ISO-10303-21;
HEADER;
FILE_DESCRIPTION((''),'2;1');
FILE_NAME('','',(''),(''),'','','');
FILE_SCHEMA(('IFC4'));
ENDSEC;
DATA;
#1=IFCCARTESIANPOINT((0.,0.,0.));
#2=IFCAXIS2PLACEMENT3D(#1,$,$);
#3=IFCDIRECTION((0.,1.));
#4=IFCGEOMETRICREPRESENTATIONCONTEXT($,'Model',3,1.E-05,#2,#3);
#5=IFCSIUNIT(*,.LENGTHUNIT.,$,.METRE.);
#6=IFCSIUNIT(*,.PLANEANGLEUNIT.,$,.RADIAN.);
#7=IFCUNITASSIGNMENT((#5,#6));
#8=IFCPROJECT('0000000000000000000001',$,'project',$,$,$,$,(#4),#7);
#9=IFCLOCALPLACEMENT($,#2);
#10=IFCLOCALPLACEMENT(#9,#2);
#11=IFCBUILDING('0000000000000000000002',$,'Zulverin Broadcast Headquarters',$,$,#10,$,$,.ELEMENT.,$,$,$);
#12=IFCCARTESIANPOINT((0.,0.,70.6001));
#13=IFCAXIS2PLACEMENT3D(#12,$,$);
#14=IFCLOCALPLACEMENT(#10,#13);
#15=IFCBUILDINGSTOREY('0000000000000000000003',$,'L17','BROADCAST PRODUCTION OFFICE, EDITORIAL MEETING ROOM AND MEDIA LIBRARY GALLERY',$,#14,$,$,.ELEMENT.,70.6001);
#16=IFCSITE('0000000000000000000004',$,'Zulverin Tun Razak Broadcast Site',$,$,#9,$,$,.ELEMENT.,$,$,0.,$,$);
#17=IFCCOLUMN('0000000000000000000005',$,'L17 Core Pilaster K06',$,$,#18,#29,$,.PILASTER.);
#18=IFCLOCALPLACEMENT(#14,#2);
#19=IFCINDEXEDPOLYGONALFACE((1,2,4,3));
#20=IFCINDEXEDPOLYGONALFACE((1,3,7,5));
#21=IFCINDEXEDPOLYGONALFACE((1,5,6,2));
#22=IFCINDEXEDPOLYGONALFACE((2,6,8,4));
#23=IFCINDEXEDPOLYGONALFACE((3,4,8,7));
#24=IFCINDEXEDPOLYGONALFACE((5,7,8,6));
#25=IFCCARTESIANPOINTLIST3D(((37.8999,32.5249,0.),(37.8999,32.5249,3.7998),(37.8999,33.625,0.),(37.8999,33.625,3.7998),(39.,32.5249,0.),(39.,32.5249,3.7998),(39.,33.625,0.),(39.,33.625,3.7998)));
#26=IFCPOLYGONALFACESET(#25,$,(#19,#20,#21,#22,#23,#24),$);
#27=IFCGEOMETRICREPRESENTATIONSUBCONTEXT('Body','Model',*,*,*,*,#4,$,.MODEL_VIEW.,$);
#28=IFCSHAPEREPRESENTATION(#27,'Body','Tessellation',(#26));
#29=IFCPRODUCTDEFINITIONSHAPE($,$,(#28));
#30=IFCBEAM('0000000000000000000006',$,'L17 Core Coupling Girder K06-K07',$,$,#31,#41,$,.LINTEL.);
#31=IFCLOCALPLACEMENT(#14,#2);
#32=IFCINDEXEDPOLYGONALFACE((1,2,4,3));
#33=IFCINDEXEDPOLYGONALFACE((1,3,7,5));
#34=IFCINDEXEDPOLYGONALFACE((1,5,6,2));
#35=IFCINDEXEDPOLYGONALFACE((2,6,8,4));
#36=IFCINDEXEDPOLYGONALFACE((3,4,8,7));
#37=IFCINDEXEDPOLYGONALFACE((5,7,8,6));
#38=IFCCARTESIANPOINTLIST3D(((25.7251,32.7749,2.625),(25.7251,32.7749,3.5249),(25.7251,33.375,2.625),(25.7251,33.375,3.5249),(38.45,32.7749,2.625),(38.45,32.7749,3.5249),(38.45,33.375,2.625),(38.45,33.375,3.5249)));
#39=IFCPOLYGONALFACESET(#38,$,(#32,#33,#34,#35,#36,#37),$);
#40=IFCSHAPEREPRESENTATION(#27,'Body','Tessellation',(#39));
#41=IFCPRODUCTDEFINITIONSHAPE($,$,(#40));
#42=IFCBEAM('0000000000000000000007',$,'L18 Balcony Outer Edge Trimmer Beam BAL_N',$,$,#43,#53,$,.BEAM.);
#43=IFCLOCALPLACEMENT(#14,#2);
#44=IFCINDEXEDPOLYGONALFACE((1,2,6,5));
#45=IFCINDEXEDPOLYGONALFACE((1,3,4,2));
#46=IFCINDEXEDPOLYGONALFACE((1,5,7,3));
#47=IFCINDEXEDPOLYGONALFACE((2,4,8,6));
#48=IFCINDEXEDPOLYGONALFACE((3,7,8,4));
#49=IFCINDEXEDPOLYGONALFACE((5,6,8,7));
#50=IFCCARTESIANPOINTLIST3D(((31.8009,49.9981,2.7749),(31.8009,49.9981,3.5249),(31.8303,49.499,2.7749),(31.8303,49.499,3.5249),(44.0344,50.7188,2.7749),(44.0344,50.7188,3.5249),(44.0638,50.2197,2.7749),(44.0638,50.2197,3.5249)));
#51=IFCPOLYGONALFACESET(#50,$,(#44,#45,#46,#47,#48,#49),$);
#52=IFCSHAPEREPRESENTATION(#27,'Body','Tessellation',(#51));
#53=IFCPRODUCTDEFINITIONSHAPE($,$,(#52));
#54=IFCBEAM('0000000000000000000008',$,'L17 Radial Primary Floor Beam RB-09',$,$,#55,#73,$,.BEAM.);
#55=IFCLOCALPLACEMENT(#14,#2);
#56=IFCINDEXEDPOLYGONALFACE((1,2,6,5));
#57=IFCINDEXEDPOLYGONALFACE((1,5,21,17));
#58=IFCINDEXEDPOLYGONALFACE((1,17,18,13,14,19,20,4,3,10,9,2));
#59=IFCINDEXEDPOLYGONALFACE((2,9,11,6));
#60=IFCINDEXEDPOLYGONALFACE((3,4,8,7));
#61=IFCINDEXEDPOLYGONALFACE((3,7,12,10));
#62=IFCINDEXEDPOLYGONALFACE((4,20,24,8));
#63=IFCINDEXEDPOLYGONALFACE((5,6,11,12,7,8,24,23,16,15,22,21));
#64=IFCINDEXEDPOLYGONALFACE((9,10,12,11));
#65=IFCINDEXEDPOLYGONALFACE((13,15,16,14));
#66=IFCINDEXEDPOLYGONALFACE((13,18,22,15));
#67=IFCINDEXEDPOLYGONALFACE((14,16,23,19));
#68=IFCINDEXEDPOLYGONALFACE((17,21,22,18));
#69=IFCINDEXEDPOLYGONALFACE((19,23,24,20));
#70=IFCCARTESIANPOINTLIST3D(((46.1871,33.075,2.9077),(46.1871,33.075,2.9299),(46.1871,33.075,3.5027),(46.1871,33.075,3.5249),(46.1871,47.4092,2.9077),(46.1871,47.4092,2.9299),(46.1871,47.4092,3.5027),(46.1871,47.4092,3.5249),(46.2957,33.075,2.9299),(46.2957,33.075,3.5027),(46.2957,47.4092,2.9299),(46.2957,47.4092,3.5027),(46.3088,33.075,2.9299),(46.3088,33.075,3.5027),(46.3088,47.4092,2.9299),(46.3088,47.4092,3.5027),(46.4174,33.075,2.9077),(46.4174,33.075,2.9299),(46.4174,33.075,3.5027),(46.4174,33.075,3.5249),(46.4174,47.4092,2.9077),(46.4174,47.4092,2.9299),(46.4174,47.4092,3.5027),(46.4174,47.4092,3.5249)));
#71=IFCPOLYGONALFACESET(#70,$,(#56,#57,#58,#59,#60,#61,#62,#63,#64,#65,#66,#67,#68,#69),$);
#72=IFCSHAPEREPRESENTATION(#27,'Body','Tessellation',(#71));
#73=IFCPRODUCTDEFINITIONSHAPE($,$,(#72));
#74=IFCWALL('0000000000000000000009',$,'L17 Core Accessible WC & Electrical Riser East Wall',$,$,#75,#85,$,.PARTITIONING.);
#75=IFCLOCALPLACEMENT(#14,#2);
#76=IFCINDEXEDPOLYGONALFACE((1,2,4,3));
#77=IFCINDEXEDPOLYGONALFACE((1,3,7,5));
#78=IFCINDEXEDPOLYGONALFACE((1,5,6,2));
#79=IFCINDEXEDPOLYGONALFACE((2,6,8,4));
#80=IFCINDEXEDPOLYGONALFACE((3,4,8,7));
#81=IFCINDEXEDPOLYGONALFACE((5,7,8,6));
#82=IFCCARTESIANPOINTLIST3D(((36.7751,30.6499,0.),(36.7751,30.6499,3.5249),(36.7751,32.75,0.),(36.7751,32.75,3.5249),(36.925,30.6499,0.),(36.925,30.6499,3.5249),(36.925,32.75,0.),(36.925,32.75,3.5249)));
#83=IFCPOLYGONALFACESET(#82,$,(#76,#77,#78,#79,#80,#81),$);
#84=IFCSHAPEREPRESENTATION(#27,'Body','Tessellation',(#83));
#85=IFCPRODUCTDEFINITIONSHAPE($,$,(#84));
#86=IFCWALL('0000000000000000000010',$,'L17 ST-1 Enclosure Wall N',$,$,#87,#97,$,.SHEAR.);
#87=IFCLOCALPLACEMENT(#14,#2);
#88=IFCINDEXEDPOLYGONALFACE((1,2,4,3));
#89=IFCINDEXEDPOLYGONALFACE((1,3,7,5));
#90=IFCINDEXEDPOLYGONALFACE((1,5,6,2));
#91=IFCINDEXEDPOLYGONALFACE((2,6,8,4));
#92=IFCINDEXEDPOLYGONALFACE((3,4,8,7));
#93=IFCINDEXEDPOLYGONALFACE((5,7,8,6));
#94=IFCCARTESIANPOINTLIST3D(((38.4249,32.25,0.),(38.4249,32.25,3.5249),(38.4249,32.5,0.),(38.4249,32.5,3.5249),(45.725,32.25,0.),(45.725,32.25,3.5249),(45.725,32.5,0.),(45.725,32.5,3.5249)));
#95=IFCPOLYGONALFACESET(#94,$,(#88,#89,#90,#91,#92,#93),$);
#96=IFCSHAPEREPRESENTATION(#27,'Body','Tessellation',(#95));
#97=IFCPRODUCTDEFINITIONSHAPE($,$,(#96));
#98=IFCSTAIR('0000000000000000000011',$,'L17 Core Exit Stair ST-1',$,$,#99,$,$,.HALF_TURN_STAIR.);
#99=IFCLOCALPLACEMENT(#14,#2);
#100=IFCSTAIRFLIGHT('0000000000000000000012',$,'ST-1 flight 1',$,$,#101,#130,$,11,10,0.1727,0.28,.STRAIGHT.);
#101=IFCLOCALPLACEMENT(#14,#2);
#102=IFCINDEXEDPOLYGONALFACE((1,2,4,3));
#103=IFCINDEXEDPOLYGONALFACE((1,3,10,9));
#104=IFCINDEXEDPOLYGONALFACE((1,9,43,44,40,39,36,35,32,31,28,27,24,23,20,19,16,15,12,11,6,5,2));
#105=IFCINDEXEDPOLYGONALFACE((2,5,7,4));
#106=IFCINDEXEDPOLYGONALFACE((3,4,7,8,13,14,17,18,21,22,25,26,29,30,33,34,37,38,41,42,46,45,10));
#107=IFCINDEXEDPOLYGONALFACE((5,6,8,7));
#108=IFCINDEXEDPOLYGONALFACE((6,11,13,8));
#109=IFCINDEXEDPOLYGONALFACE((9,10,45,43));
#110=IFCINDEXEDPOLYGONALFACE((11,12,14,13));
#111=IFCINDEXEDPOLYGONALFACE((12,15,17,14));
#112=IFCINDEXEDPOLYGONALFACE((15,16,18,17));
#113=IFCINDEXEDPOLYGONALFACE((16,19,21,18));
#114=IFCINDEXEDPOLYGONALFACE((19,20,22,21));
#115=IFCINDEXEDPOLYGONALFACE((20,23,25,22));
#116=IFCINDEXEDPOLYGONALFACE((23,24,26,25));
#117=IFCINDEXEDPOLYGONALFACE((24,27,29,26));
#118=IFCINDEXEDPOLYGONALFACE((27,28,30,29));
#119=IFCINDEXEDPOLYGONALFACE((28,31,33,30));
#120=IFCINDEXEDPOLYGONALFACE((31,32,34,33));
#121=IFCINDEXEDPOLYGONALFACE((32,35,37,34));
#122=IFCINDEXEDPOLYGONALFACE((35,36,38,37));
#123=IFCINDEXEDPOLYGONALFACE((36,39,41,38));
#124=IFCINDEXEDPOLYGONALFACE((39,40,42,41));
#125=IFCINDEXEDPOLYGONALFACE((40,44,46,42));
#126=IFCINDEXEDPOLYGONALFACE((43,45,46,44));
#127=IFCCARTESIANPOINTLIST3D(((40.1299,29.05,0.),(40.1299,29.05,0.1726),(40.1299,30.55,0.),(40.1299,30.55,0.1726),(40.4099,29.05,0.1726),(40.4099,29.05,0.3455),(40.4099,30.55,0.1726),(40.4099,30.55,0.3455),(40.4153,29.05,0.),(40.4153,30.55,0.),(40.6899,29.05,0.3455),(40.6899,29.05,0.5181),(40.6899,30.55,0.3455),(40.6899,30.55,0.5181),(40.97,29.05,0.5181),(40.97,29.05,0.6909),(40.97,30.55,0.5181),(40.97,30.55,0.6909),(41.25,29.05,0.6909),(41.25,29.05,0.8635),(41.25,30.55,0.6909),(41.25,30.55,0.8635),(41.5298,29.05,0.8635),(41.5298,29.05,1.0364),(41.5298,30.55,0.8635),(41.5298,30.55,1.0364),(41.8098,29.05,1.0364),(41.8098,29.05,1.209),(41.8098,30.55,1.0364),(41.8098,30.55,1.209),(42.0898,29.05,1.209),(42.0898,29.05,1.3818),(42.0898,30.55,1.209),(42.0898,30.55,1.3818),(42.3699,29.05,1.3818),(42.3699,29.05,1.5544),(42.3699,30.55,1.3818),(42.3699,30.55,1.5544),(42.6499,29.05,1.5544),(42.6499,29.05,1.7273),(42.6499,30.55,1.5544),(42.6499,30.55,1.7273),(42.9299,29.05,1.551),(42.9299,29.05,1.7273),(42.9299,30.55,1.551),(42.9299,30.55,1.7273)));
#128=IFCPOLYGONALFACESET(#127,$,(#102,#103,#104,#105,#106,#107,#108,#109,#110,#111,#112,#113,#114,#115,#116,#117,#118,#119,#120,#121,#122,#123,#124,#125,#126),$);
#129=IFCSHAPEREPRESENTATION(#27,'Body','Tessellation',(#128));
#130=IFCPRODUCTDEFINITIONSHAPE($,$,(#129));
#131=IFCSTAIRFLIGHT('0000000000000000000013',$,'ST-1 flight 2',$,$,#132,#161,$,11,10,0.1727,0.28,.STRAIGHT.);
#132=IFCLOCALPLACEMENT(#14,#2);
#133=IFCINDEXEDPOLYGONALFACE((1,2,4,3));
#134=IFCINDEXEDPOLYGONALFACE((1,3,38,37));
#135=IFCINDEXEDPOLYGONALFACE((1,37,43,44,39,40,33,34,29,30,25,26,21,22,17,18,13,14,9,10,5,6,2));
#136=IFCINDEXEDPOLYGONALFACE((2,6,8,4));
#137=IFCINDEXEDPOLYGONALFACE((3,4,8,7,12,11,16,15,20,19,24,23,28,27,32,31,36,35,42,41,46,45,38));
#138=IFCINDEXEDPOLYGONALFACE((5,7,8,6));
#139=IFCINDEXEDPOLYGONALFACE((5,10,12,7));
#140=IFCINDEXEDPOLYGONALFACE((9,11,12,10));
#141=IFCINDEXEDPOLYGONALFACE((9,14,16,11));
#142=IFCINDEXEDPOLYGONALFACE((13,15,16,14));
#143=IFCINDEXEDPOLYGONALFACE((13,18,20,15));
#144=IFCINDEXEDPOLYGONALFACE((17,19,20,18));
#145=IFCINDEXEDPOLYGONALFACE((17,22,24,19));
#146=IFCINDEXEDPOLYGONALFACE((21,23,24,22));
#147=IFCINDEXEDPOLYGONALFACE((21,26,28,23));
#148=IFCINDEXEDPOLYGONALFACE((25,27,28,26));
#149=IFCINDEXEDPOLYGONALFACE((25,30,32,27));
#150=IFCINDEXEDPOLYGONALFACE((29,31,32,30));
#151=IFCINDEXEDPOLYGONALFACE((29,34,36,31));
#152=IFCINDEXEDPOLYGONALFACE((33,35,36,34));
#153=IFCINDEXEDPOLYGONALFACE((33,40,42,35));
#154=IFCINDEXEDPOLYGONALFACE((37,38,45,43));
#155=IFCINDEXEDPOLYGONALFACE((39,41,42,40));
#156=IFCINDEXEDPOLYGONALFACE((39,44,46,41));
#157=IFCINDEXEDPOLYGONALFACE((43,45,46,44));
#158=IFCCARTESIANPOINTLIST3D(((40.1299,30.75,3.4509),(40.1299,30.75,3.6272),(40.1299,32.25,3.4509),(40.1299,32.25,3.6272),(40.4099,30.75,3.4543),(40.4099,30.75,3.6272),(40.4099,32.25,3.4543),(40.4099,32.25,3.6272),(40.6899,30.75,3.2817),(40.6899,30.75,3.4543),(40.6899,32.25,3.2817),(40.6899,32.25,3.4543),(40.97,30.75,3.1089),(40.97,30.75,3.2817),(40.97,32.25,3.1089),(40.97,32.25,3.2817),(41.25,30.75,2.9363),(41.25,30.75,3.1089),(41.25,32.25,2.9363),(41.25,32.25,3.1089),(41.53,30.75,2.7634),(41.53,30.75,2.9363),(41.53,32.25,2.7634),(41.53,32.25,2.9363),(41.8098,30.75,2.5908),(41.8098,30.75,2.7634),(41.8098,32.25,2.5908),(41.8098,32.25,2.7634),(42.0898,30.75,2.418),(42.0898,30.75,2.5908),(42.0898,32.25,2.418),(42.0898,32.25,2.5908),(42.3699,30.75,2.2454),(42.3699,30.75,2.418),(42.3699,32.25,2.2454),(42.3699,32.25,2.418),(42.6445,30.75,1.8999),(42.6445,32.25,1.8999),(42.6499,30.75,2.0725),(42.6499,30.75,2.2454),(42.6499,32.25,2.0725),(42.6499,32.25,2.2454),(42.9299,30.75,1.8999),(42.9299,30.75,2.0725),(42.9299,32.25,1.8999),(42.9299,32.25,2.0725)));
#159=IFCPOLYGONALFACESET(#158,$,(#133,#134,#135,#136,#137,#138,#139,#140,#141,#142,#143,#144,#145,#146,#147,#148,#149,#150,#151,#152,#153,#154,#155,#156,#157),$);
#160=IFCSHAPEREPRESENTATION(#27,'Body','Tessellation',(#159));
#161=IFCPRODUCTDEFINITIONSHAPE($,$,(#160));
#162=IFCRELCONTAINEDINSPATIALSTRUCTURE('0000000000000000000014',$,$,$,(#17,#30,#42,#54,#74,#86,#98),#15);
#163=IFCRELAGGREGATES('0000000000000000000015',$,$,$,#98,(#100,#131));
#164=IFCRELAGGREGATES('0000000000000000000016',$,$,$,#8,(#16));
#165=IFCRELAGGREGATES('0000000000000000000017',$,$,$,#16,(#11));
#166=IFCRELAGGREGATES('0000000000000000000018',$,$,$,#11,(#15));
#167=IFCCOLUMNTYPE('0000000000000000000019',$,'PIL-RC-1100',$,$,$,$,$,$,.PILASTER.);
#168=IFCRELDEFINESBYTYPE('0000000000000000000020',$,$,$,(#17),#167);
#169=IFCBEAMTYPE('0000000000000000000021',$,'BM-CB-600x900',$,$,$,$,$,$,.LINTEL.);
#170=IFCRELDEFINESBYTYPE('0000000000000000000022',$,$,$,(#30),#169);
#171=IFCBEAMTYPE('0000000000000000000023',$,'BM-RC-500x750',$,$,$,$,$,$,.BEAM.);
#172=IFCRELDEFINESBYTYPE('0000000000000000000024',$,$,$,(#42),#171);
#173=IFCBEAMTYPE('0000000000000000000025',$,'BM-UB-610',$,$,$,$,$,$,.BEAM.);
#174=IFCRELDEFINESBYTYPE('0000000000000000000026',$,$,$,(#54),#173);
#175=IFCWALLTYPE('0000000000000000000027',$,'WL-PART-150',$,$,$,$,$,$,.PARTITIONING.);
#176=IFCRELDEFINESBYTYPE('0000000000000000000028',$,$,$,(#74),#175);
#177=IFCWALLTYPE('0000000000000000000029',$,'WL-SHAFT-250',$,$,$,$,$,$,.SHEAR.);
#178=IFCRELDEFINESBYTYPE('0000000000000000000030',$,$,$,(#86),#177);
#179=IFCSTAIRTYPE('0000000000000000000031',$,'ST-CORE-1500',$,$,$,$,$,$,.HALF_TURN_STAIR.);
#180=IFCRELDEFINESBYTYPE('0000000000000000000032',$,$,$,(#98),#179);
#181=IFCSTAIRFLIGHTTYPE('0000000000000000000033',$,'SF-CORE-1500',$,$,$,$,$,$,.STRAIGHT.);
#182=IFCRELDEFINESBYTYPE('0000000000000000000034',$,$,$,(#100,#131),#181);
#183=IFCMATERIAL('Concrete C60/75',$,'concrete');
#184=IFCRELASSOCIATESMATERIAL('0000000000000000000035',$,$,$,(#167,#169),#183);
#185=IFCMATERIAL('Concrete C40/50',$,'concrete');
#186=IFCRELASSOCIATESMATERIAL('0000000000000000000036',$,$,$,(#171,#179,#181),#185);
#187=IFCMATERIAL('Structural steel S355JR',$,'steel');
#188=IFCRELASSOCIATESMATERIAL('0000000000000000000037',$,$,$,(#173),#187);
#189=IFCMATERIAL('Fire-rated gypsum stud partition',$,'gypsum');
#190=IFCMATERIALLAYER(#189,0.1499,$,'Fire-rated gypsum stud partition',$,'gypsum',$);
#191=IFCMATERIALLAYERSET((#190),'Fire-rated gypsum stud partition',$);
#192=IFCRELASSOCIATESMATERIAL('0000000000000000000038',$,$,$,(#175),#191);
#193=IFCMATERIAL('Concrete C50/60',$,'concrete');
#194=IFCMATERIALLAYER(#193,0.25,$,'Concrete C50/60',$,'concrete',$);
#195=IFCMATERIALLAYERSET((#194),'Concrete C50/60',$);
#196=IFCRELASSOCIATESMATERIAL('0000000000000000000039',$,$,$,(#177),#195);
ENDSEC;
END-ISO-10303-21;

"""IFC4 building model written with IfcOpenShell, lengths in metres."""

from ifc_helpers import new_model, si_unit, direction, frame, frame_2d, origin, origin_2d, place, context, subcontext, project, spatial, polyline, rectangle, i_section, outline, extrude, material, layer, layer_set, material_profile, profile_set, type_object, element, aggregate, save


model = new_model("IFC4")

# Units and contexts
model_context = context("Model", 3, precision=1e-05, world=origin(), true_north=direction((0.0, 1.0)))
body_context = subcontext(model_context, "Body", "Model", "MODEL_VIEW")
ifc_project = project(units=[si_unit("LENGTHUNIT", "METRE"), si_unit("PLANEANGLEUNIT", "RADIAN")], contexts=[model_context])

# Site, building, storey
site_placement = place(None, origin())
site = spatial("IfcSite", under=ifc_project, at=site_placement, Name="Zulverin Tun Razak Broadcast Site", CompositionType="ELEMENT", RefElevation=0.0)
building_placement = place(site_placement, origin())
building = spatial("IfcBuilding", under=site, at=building_placement, Name="Zulverin Broadcast Headquarters", CompositionType="ELEMENT")
storey_placement = place(building_placement, frame((0.0, 0.0, 70.6001)))
storey = spatial("IfcBuildingStorey", under=building, at=storey_placement, Name="L17", Description="BROADCAST PRODUCTION OFFICE, EDITORIAL MEETING ROOM AND MEDIA LIBRARY GALLERY", CompositionType="ELEMENT", Elevation=70.6001)

# Column
ifc_material_1 = material(Name="Concrete C60/75", Category="concrete")
ifc_material_profile_1 = material_profile(ifc_material_1, rectangle(XDim=1.1001, YDim=1.1001, at=origin_2d()), Name="Concrete C60/75", Category="concrete")
ifc_profile_set_1 = profile_set([ifc_material_profile_1], Name="Concrete C60/75")
column_type = type_object("IfcColumnType", Name="PIL-RC-1100", PredefinedType="PILASTER", material=ifc_profile_set_1)
column_placement = place(storey_placement, frame((38.45, 33.075, 0.0), z_axis=(0.0, 0.0, 1.0), x_axis=(1.0, 0.0, 0.0)))
element("IfcColumn", 1, at=column_placement, inside=storey, type_object=column_type, Name="L17 Core Pilaster K06", PredefinedType="PILASTER", context=body_context, shape_type="SweptSolid", body=[
    extrude(rectangle(XDim=1.1001, YDim=1.1001, at=origin_2d()), origin(), (0.0, 0.0, 1.0), 3.7998),
])

# Beams
ifc_material_profile_2 = material_profile(ifc_material_1, rectangle(XDim=0.6001, YDim=0.8999, at=origin_2d()), Name="Concrete C60/75", Category="concrete")
ifc_profile_set_2 = profile_set([ifc_material_profile_2], Name="Concrete C60/75")
beam_type_1 = type_object("IfcBeamType", Name="BM-CB-600x900", PredefinedType="LINTEL", material=ifc_profile_set_2)
beam_1_placement = place(storey_placement, frame((38.45, 33.075, 3.075), z_axis=(-1.0, 0.0, 0.0), x_axis=(0.0, -1.0, 0.0)))
element("IfcBeam", 2, at=beam_1_placement, inside=storey, type_object=beam_type_1, Name="L17 Core Coupling Girder K06-K07", PredefinedType="LINTEL", context=body_context, shape_type="SweptSolid", body=[
    extrude(rectangle(XDim=0.6001, YDim=0.8999, at=origin_2d()), origin(), (0.0, 0.0, 1.0), 12.7249),
])
ifc_material_2 = material(Name="Concrete C40/50", Category="concrete")
ifc_material_profile_3 = material_profile(ifc_material_2, rectangle(XDim=0.5, YDim=0.75, at=origin_2d()), Name="Concrete C40/50", Category="concrete")
ifc_profile_set_3 = profile_set([ifc_material_profile_3], Name="Concrete C40/50")
beam_type_2 = type_object("IfcBeamType", Name="BM-RC-500x750", PredefinedType="BEAM", material=ifc_profile_set_3)
beam_2_placement = place(storey_placement, frame((44.0491, 50.4692, 3.1499), z_axis=(-0.998269, -0.058811, 0.0), x_axis=(0.058811, -0.998269, 0.0)))
element("IfcBeam", 3, at=beam_2_placement, inside=storey, type_object=beam_type_2, Name="L18 Balcony Outer Edge Trimmer Beam BAL_N", PredefinedType="BEAM", context=body_context, shape_type="SweptSolid", body=[
    extrude(rectangle(XDim=0.5, YDim=0.75, at=origin_2d()), origin(), (0.0, 0.0, 1.0), 12.2546),
])
ifc_material_3 = material(Name="Structural steel S355JR", Category="steel")
ifc_material_profile_4 = material_profile(ifc_material_3, i_section(OverallWidth=0.2302, OverallDepth=0.6172, WebThickness=0.0132, FlangeThickness=0.0222, at=origin_2d()), Name="Structural steel S355JR", Category="steel")
ifc_profile_set_4 = profile_set([ifc_material_profile_4], Name="Structural steel S355JR")
beam_type_3 = type_object("IfcBeamType", Name="BM-UB-610", PredefinedType="BEAM", material=ifc_profile_set_4)
beam_3_placement = place(storey_placement, frame((46.3022, 33.075, 3.2163), z_axis=(0.0, 1.0, 0.0), x_axis=(-1.0, 0.0, 0.0)))
element("IfcBeam", 4, at=beam_3_placement, inside=storey, type_object=beam_type_3, Name="L17 Radial Primary Floor Beam RB-09", PredefinedType="BEAM", context=body_context, shape_type="SweptSolid", body=[
    extrude(i_section(OverallWidth=0.2302, OverallDepth=0.6172, WebThickness=0.0132, FlangeThickness=0.0222, at=origin_2d()), origin(), (0.0, 0.0, 1.0), 14.3342),
])

# Walls
ifc_material_4 = material(Name="Fire-rated gypsum stud partition", Category="gypsum")
ifc_layer_1 = layer(ifc_material_4, 0.1499, Name="Fire-rated gypsum stud partition", Category="gypsum")
ifc_layer_set_1 = layer_set([ifc_layer_1], Name="Fire-rated gypsum stud partition")
wall_type_1 = type_object("IfcWallType", Name="WL-PART-150", PredefinedType="PARTITIONING", material=ifc_layer_set_1)
wall_1_placement = place(storey_placement, frame((36.8501, 30.6499, 0.0), z_axis=(0.0, 0.0, 1.0), x_axis=(0.0, 1.0, 0.0)))
element("IfcWall", 5, at=wall_1_placement, inside=storey, type_object=wall_type_1, Name="L17 Core Accessible WC & Electrical Riser East Wall", PredefinedType="PARTITIONING", context=body_context, shape_type="SweptSolid", body=[
    extrude(rectangle(XDim=2.1001, YDim=0.1499, at=frame_2d((1.05, 0.0))), origin(), (0.0, 0.0, 1.0), 3.5249),
])
ifc_material_5 = material(Name="Concrete C50/60", Category="concrete")
ifc_layer_2 = layer(ifc_material_5, 0.25, Name="Concrete C50/60", Category="concrete")
ifc_layer_set_2 = layer_set([ifc_layer_2], Name="Concrete C50/60")
wall_type_2 = type_object("IfcWallType", Name="WL-SHAFT-250", PredefinedType="SHEAR", material=ifc_layer_set_2)
wall_2_placement = place(storey_placement, frame((38.425, 32.375, 0.0), z_axis=(0.0, 0.0, 1.0), x_axis=(1.0, 0.0, 0.0)))
element("IfcWall", 6, at=wall_2_placement, inside=storey, type_object=wall_type_2, Name="L17 ST-1 Enclosure Wall N", PredefinedType="SHEAR", context=body_context, shape_type="SweptSolid", body=[
    extrude(rectangle(XDim=7.3, YDim=0.25, at=frame_2d((3.6499, 0.0))), origin(), (0.0, 0.0, 1.0), 3.5249),
])

# Stair, stair flights
stair_type = type_object("IfcStairType", Name="ST-CORE-1500", PredefinedType="HALF_TURN_STAIR", material=ifc_material_2)
stair_placement = place(storey_placement, origin())
stair = element("IfcStair", 7, at=stair_placement, inside=storey, type_object=stair_type, Name="L17 Core Exit Stair ST-1", PredefinedType="HALF_TURN_STAIR")
stair_flight_type = type_object("IfcStairFlightType", Name="SF-CORE-1500", PredefinedType="STRAIGHT", material=ifc_material_2)
stair_flight_1_placement = place(storey_placement, frame((40.1299, 29.8, 0.0), z_axis=(0.0, 0.0, 1.0), x_axis=(1.0, 0.0, 0.0)))
stair_flight_1 = element("IfcStairFlight", 8, at=stair_flight_1_placement, type_object=stair_flight_type, Name="ST-1 flight 1", NumberOfRisers=11, NumberOfTreads=10, PredefinedType="STRAIGHT", RiserHeight=0.1727, TreadLength=0.28, context=body_context, shape_type="SweptSolid", body=[
    extrude(outline(polyline([(0.0, 0.0), (0.0, 0.1726), (0.28, 0.1726), (0.28, 0.3455), (0.5601, 0.3455), (0.5601, 0.5181), (0.8401, 0.5181), (0.8401, 0.6909), (1.1201, 0.6909), (1.1201, 0.8635), (1.3999, 0.8635), (1.3999, 1.0364), (1.6799, 1.0364), (1.6799, 1.209), (1.96, 1.209), (1.96, 1.3818), (2.24, 1.3818), (2.24, 1.5544), (2.52, 1.5544), (2.52, 1.7273), (2.8, 1.7273), (2.8, 1.8999), (2.8, 1.551), (0.2854, 0.0), (0.0, 0.0)])), frame((0.0, 0.75, 0.0), z_axis=(0.0, -1.0, 0.0), x_axis=(1.0, 0.0, 0.0)), (0.0, 0.0, 1.0), 1.5),
])
stair_flight_2_placement = place(storey_placement, frame((42.9299, 31.5, 1.8999), z_axis=(0.0, 0.0, 1.0), x_axis=(-1.0, 0.0, 0.0)))
stair_flight_2 = element("IfcStairFlight", 9, at=stair_flight_2_placement, type_object=stair_flight_type, Name="ST-1 flight 2", NumberOfRisers=11, NumberOfTreads=10, PredefinedType="STRAIGHT", RiserHeight=0.1727, TreadLength=0.28, context=body_context, shape_type="SweptSolid", body=[
    extrude(outline(polyline([(0.0, 0.0), (0.0, 0.1726), (0.28, 0.1726), (0.28, 0.3455), (0.5601, 0.3455), (0.5601, 0.5181), (0.8401, 0.5181), (0.8401, 0.6909), (1.1201, 0.6909), (1.1201, 0.8635), (1.3999, 0.8635), (1.3999, 1.0364), (1.6799, 1.0364), (1.6799, 1.209), (1.96, 1.209), (1.96, 1.3818), (2.24, 1.3818), (2.24, 1.5544), (2.52, 1.5544), (2.52, 1.7273), (2.8, 1.7273), (2.8, 1.8999), (2.8, 1.551), (0.2854, 0.0), (0.0, 0.0)])), frame((0.0, 0.75, 0.0), z_axis=(0.0, -1.0, 0.0), x_axis=(1.0, 0.0, 0.0)), (0.0, 0.0, 1.0), 1.5),
])
aggregate(stair, [stair_flight_1, stair_flight_2])

save(model, "model.ifc")
